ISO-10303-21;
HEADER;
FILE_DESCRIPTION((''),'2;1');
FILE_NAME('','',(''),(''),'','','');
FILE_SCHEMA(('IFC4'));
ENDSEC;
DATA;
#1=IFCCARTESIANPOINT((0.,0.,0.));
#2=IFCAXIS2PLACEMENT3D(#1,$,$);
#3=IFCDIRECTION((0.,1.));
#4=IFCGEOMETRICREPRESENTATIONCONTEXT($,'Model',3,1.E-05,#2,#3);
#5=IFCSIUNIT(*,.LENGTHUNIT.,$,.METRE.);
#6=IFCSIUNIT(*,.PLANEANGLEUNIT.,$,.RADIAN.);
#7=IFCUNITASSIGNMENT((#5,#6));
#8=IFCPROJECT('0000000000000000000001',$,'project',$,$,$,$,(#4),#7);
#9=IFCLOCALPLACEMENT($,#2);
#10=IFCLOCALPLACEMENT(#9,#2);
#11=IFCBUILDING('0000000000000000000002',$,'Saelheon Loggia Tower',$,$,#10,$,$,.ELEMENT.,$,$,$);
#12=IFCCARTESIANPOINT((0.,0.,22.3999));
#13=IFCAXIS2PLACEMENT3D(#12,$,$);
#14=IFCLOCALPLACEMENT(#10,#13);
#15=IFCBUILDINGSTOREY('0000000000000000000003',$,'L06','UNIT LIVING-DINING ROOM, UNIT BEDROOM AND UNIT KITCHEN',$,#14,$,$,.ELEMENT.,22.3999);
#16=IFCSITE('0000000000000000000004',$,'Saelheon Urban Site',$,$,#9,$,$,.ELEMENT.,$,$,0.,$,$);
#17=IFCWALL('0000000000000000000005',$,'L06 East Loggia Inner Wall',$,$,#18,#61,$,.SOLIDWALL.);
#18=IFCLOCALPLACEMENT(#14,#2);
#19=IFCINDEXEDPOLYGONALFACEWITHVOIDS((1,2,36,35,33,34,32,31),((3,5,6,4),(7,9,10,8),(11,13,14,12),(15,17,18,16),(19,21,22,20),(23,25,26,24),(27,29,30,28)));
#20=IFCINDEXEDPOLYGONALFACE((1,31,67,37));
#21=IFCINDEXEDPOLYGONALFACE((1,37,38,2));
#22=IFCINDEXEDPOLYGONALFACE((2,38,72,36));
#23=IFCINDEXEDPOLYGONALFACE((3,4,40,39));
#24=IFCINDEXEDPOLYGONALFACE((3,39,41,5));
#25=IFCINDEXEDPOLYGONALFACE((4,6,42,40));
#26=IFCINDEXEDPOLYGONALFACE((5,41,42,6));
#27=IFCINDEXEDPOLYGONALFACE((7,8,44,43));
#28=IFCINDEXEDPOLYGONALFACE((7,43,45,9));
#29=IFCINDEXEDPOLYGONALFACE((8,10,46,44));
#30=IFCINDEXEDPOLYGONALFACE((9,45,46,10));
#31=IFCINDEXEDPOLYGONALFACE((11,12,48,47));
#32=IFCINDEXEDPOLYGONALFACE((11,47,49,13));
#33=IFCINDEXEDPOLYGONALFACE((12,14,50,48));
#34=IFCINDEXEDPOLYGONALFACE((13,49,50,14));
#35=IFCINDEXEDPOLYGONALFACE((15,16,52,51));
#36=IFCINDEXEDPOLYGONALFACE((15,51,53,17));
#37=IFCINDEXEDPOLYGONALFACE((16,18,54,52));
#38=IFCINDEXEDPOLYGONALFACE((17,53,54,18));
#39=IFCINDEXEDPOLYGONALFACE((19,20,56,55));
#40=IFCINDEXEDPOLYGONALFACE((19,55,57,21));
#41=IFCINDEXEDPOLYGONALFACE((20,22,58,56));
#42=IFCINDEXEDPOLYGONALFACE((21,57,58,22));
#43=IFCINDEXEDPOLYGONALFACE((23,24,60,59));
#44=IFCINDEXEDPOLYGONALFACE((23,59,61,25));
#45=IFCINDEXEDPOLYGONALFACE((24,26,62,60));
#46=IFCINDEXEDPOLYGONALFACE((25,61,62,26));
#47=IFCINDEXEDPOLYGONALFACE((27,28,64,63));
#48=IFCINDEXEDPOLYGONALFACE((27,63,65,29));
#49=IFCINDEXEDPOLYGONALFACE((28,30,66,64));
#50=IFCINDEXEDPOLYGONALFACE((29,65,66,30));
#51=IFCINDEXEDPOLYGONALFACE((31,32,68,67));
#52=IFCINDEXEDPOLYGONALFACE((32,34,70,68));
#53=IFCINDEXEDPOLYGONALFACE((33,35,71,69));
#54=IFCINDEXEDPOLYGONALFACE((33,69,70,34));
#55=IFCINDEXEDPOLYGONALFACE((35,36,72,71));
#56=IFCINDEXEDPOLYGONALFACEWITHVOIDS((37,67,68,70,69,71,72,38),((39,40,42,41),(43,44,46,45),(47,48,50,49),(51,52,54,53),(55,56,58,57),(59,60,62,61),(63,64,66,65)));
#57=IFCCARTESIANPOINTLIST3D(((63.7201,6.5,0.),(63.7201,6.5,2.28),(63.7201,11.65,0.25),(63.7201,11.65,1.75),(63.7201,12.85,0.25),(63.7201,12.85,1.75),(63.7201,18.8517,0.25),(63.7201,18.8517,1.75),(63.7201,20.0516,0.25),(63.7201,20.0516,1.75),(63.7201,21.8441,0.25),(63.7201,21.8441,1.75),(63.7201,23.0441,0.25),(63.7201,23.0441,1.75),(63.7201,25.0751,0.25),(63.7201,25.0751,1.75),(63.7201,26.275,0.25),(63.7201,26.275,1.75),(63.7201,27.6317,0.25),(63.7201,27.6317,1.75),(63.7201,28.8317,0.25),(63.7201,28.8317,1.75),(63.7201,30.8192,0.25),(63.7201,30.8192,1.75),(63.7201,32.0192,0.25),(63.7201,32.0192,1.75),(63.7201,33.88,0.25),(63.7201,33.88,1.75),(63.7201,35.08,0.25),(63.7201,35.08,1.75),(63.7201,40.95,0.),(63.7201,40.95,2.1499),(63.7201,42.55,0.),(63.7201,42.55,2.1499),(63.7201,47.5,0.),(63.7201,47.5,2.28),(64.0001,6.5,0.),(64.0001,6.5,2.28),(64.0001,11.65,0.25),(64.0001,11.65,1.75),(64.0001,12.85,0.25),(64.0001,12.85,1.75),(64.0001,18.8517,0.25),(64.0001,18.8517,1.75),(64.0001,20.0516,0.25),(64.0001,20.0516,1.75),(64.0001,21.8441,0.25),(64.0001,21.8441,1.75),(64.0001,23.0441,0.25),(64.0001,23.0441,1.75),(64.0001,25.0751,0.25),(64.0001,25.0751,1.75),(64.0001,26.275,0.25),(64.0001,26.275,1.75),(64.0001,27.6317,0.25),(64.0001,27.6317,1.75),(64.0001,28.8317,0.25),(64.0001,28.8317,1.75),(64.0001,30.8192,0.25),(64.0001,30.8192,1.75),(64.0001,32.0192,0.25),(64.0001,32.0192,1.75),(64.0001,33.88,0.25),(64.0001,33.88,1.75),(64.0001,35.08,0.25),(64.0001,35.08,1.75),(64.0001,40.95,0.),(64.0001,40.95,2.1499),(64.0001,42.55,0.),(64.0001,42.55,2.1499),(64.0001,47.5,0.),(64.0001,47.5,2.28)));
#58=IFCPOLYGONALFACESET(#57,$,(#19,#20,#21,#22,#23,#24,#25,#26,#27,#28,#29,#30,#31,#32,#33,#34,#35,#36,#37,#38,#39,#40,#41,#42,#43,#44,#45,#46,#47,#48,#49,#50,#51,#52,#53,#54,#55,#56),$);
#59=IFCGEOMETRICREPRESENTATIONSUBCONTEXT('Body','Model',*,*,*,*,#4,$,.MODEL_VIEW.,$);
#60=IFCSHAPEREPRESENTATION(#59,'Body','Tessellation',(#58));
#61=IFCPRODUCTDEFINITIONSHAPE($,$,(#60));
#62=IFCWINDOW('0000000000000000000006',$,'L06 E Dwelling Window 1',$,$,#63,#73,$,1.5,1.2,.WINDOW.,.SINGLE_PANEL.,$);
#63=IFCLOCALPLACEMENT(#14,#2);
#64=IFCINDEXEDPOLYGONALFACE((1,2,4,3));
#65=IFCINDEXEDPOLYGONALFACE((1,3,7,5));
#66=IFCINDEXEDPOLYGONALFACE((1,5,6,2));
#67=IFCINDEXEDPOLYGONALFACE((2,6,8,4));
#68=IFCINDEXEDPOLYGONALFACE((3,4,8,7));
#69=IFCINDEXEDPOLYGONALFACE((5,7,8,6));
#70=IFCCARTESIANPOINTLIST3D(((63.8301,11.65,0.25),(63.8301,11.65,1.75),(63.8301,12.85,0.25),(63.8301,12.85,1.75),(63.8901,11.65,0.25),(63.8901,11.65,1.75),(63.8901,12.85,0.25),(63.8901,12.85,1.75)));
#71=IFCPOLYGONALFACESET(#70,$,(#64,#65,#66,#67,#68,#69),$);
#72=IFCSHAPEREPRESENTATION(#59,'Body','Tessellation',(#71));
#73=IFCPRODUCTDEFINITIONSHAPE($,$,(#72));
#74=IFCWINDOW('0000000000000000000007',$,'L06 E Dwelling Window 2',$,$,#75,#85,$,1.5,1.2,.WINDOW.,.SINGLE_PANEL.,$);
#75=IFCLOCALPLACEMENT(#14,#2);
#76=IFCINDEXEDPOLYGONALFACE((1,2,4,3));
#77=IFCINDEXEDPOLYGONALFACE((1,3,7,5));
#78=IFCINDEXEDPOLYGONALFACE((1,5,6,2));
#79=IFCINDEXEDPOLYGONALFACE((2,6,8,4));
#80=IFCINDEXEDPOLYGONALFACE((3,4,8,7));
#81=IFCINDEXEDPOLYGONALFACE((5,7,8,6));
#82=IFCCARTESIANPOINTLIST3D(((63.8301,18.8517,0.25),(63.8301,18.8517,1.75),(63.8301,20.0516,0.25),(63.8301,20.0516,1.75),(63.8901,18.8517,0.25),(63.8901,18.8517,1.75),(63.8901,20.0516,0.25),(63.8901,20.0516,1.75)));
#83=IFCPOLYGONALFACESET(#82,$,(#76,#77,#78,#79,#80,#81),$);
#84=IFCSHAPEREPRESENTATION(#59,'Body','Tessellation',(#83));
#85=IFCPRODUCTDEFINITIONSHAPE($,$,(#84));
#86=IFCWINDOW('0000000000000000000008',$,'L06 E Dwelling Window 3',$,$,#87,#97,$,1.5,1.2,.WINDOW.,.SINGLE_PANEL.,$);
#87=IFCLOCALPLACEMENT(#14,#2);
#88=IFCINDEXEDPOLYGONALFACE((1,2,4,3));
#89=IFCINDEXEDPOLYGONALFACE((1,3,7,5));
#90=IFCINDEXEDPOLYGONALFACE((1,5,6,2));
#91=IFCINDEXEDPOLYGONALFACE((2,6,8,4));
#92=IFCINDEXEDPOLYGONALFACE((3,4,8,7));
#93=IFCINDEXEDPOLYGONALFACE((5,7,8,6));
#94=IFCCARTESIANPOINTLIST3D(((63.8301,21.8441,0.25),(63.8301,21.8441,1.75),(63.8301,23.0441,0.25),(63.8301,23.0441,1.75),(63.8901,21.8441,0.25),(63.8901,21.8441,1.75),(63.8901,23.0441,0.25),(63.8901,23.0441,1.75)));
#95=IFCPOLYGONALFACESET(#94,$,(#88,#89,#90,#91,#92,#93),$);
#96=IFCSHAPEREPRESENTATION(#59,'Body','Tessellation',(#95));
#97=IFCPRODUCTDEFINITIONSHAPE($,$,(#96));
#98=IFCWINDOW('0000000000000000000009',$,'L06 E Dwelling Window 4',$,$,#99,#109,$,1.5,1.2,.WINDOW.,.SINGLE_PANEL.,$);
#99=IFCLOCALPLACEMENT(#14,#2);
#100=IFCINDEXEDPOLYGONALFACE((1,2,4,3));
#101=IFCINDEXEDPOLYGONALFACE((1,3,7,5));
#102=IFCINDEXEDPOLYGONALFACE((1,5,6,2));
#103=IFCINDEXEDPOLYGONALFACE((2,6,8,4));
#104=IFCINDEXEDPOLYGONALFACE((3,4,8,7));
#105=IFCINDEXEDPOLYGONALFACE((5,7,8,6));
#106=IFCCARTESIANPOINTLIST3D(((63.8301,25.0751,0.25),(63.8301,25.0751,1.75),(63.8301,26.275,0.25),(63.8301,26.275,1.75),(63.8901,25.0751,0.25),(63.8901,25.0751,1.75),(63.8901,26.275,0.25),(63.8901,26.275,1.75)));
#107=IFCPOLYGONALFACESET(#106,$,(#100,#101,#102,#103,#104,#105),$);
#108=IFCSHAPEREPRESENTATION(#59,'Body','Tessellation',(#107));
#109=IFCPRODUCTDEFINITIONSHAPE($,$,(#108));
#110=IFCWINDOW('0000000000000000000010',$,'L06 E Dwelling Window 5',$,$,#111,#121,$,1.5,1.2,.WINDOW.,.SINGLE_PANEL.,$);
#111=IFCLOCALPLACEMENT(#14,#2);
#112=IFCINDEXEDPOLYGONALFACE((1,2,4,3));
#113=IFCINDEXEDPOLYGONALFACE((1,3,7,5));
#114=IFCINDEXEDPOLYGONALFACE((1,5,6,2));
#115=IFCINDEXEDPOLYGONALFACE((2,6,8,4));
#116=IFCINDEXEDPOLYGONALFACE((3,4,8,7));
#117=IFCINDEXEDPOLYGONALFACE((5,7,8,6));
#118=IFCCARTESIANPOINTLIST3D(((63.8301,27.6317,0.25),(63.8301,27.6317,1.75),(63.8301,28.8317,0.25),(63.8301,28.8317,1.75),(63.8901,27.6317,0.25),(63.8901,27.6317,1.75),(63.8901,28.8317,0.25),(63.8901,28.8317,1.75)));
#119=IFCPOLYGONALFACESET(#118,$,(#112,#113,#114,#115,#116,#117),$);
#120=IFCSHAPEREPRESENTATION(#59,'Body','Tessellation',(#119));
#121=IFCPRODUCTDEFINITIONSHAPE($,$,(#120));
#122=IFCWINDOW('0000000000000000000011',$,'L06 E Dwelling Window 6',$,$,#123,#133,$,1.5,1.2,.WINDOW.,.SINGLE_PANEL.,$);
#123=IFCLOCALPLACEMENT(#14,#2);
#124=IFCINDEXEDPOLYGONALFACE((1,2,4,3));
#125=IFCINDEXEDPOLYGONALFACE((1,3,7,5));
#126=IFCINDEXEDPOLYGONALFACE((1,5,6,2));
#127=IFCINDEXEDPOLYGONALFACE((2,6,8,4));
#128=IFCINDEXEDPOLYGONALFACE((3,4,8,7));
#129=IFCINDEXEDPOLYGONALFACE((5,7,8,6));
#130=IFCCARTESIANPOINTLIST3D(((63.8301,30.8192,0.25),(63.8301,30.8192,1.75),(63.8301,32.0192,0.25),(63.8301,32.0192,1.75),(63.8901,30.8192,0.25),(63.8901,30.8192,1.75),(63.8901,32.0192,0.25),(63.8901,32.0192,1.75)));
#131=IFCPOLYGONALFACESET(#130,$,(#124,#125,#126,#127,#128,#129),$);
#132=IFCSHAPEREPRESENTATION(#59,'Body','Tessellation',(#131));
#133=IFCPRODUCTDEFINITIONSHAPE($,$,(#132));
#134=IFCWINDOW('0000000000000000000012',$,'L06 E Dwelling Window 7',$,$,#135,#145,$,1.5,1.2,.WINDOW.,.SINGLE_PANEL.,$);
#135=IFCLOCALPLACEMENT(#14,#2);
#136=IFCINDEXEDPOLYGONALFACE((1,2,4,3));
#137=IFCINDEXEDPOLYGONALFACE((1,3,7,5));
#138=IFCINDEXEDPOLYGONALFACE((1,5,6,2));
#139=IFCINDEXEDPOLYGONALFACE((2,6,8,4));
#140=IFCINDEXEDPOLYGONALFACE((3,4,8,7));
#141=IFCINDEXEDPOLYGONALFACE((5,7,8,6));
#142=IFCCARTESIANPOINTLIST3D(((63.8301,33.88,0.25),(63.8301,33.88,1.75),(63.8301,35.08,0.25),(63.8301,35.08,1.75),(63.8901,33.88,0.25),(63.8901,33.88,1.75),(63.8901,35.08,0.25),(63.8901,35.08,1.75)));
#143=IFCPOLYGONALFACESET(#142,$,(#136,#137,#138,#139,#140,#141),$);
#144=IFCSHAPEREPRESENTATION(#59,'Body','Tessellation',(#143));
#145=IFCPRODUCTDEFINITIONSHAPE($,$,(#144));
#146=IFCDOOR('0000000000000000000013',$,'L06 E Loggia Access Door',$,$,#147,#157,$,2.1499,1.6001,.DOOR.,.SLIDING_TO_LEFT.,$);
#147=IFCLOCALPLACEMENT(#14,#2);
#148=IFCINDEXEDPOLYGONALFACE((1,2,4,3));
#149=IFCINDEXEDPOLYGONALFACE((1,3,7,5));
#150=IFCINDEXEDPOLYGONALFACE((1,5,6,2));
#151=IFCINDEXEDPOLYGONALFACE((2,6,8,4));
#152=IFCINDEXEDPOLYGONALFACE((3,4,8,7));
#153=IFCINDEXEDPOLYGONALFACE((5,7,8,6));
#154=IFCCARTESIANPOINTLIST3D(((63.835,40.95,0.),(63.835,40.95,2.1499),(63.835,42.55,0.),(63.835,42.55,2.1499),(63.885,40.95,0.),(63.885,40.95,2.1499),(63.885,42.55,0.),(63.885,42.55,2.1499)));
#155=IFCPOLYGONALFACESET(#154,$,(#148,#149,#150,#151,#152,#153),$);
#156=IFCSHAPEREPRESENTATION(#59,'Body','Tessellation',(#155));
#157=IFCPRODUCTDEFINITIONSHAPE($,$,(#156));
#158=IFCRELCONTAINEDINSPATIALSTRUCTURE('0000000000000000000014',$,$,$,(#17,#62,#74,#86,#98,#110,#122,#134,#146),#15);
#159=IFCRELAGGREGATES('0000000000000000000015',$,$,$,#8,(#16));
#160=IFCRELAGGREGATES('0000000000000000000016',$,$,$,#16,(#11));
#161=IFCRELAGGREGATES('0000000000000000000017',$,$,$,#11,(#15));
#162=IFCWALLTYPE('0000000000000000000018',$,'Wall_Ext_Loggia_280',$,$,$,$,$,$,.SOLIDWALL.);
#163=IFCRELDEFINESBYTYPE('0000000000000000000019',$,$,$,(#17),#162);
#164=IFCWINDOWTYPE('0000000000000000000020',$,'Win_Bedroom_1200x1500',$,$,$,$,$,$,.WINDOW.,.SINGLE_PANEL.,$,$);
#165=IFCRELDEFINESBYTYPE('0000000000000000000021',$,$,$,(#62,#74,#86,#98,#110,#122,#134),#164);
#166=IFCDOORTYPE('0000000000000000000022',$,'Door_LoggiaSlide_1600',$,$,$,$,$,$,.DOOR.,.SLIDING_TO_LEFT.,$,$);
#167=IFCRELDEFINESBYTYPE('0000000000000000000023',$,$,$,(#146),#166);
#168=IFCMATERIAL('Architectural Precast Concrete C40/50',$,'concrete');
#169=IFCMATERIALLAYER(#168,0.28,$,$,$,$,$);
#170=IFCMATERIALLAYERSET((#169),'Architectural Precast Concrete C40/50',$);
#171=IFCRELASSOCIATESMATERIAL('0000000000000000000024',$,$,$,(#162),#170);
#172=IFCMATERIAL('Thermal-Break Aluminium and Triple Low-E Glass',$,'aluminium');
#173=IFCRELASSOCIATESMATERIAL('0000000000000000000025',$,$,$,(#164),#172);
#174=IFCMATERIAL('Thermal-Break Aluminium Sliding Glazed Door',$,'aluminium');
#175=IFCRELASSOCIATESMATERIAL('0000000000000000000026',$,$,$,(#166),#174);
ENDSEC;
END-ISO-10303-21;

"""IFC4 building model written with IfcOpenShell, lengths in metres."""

from ifc_helpers import new_model, si_unit, direction, frame, frame_2d, origin, place, context, subcontext, project, spatial, rectangle, extrude, source, transform, mapped, material, layer, layer_set, type_object, element, fill, save


model = new_model("IFC4")

# Units and contexts
model_context = context("Model", 3, precision=1e-05, world=origin(), true_north=direction((0.0, 1.0)))
body_context = subcontext(model_context, "Body", "Model", "MODEL_VIEW")
ifc_project = project(units=[si_unit("LENGTHUNIT", "METRE"), si_unit("PLANEANGLEUNIT", "RADIAN")], contexts=[model_context])

# Site, building, storey
site_placement = place(None, origin())
site = spatial("IfcSite", under=ifc_project, at=site_placement, Name="Saelheon Urban Site", CompositionType="ELEMENT", RefElevation=0.0)
building_placement = place(site_placement, origin())
building = spatial("IfcBuilding", under=site, at=building_placement, Name="Saelheon Loggia Tower", CompositionType="ELEMENT")
storey_placement = place(building_placement, frame((0.0, 0.0, 22.3999)))
storey = spatial("IfcBuildingStorey", under=building, at=storey_placement, Name="L06", Description="UNIT LIVING-DINING ROOM, UNIT BEDROOM AND UNIT KITCHEN", CompositionType="ELEMENT", Elevation=22.3999)

# Wall, openings, windows, door
ifc_material_1 = material(Name="Architectural Precast Concrete C40/50", Category="concrete")
ifc_layer_1 = layer(ifc_material_1, 0.28)
ifc_layer_set_1 = layer_set([ifc_layer_1], Name="Architectural Precast Concrete C40/50")
wall_type_1 = type_object("IfcWallType", Name="Wall_Ext_Loggia_280", PredefinedType="SOLIDWALL", material=ifc_layer_set_1)
wall_1_placement = place(storey_placement, frame((63.8601, 6.5, 0.0), z_axis=(0.0, 0.0, 1.0), x_axis=(0.0, 1.0, 0.0)))
wall_1 = element("IfcWall", 1, at=wall_1_placement, inside=storey, type_object=wall_type_1, Name="L06 East Loggia Inner Wall", PredefinedType="SOLIDWALL", context=body_context, shape_type="SweptSolid", body=[
    extrude(rectangle(XDim=41.0, YDim=0.28, at=frame_2d((20.5, 0.0))), origin(), (0.0, 0.0, 1.0), 2.28),
])
opening_1_placement = place(wall_1_placement, frame((5.1499, 0.0, 0.25)))
opening_1 = element("IfcOpeningElement", 2, at=opening_1_placement, cuts=wall_1, PredefinedType="OPENING", context=body_context, shape_type="SweptSolid", body=[
    extrude(rectangle(XDim=1.2, YDim=1.5, at=frame_2d((0.6001, 0.75))), frame((0.0, 0.1521, 0.0), z_axis=(0.0, -1.0, 0.0), x_axis=(1.0, 0.0, 0.0)), (0.0, 0.0, 1.0), 0.304),
])
opening_2_placement = place(wall_1_placement, frame((12.3516, 0.0, 0.25)))
opening_2 = element("IfcOpeningElement", 3, at=opening_2_placement, cuts=wall_1, PredefinedType="OPENING", context=body_context, shape_type="SweptSolid", body=[
    extrude(rectangle(XDim=1.2, YDim=1.5, at=frame_2d((0.6001, 0.75))), frame((0.0, 0.1521, 0.0), z_axis=(0.0, -1.0, 0.0), x_axis=(1.0, 0.0, 0.0)), (0.0, 0.0, 1.0), 0.304),
])
opening_3_placement = place(wall_1_placement, frame((15.344, 0.0, 0.25)))
opening_3 = element("IfcOpeningElement", 4, at=opening_3_placement, cuts=wall_1, PredefinedType="OPENING", context=body_context, shape_type="SweptSolid", body=[
    extrude(rectangle(XDim=1.2, YDim=1.5, at=frame_2d((0.6001, 0.75))), frame((0.0, 0.1521, 0.0), z_axis=(0.0, -1.0, 0.0), x_axis=(1.0, 0.0, 0.0)), (0.0, 0.0, 1.0), 0.304),
])
opening_4_placement = place(wall_1_placement, frame((18.575, 0.0, 0.25)))
opening_4 = element("IfcOpeningElement", 5, at=opening_4_placement, cuts=wall_1, PredefinedType="OPENING", context=body_context, shape_type="SweptSolid", body=[
    extrude(rectangle(XDim=1.2, YDim=1.5, at=frame_2d((0.6001, 0.75))), frame((0.0, 0.1521, 0.0), z_axis=(0.0, -1.0, 0.0), x_axis=(1.0, 0.0, 0.0)), (0.0, 0.0, 1.0), 0.304),
])
opening_5_placement = place(wall_1_placement, frame((21.1316, 0.0, 0.25)))
opening_5 = element("IfcOpeningElement", 6, at=opening_5_placement, cuts=wall_1, PredefinedType="OPENING", context=body_context, shape_type="SweptSolid", body=[
    extrude(rectangle(XDim=1.2, YDim=1.5, at=frame_2d((0.6001, 0.75))), frame((0.0, 0.1521, 0.0), z_axis=(0.0, -1.0, 0.0), x_axis=(1.0, 0.0, 0.0)), (0.0, 0.0, 1.0), 0.304),
])
opening_6_placement = place(wall_1_placement, frame((24.3191, 0.0, 0.25)))
opening_6 = element("IfcOpeningElement", 7, at=opening_6_placement, cuts=wall_1, PredefinedType="OPENING", context=body_context, shape_type="SweptSolid", body=[
    extrude(rectangle(XDim=1.2, YDim=1.5, at=frame_2d((0.6001, 0.75))), frame((0.0, 0.1521, 0.0), z_axis=(0.0, -1.0, 0.0), x_axis=(1.0, 0.0, 0.0)), (0.0, 0.0, 1.0), 0.304),
])
opening_7_placement = place(wall_1_placement, frame((27.3799, 0.0, 0.25)))
opening_7 = element("IfcOpeningElement", 8, at=opening_7_placement, cuts=wall_1, PredefinedType="OPENING", context=body_context, shape_type="SweptSolid", body=[
    extrude(rectangle(XDim=1.2, YDim=1.5, at=frame_2d((0.6001, 0.75))), frame((0.0, 0.1521, 0.0), z_axis=(0.0, -1.0, 0.0), x_axis=(1.0, 0.0, 0.0)), (0.0, 0.0, 1.0), 0.304),
])
opening_8_placement = place(wall_1_placement, frame((36.05, 0.0, 0.0), z_axis=(0.0, 0.0, 1.0), x_axis=(-1.0, 0.0, 0.0)))
opening_8 = element("IfcOpeningElement", 9, at=opening_8_placement, cuts=wall_1, PredefinedType="OPENING", context=body_context, shape_type="SweptSolid", body=[
    extrude(rectangle(XDim=1.6001, YDim=2.1499, at=frame_2d((0.8, 1.075))), frame((0.0, 0.1521, 0.0), z_axis=(0.0, -1.0, 0.0), x_axis=(1.0, 0.0, 0.0)), (0.0, 0.0, 1.0), 0.304),
])
ifc_material_2 = material(Name="Thermal-Break Aluminium and Triple Low-E Glass", Category="aluminium")
window_type = type_object("IfcWindowType", Name="Win_Bedroom_1200x1500", PartitioningType="SINGLE_PANEL", PredefinedType="WINDOW", material=ifc_material_2)
shared_shape_1 = source(origin(), body_context, "Body", "SweptSolid", [
    extrude(rectangle(XDim=1.2, YDim=1.5, at=frame_2d((0.6001, 0.75))), frame((0.0, 0.03, 0.0), z_axis=(0.0, -1.0, 0.0), x_axis=(1.0, 0.0, 0.0)), (0.0, 0.0, 1.0), 0.0601),
])
window_1_placement = place(opening_1_placement, origin())
window_1 = element("IfcWindow", 10, at=window_1_placement, inside=storey, type_object=window_type, Name="L06 E Dwelling Window 1", OverallHeight=1.5, OverallWidth=1.2, PartitioningType="SINGLE_PANEL", PredefinedType="WINDOW", context=body_context, shape_type="MappedRepresentation", body=[
    mapped(shared_shape_1, transform((0.0, 0.0, 0.0), scale=1.0)),
])
fill(opening_1, window_1)
window_2_placement = place(opening_2_placement, origin())
window_2 = element("IfcWindow", 11, at=window_2_placement, inside=storey, type_object=window_type, Name="L06 E Dwelling Window 2", OverallHeight=1.5, OverallWidth=1.2, PartitioningType="SINGLE_PANEL", PredefinedType="WINDOW", context=body_context, shape_type="MappedRepresentation", body=[
    mapped(shared_shape_1, transform((0.0, 0.0, 0.0), scale=1.0)),
])
fill(opening_2, window_2)
window_3_placement = place(opening_3_placement, origin())
window_3 = element("IfcWindow", 12, at=window_3_placement, inside=storey, type_object=window_type, Name="L06 E Dwelling Window 3", OverallHeight=1.5, OverallWidth=1.2, PartitioningType="SINGLE_PANEL", PredefinedType="WINDOW", context=body_context, shape_type="MappedRepresentation", body=[
    mapped(shared_shape_1, transform((0.0, 0.0, 0.0), scale=1.0)),
])
fill(opening_3, window_3)
window_4_placement = place(opening_4_placement, origin())
window_4 = element("IfcWindow", 13, at=window_4_placement, inside=storey, type_object=window_type, Name="L06 E Dwelling Window 4", OverallHeight=1.5, OverallWidth=1.2, PartitioningType="SINGLE_PANEL", PredefinedType="WINDOW", context=body_context, shape_type="MappedRepresentation", body=[
    mapped(shared_shape_1, transform((0.0, 0.0, 0.0), scale=1.0)),
])
fill(opening_4, window_4)
window_5_placement = place(opening_5_placement, origin())
window_5 = element("IfcWindow", 14, at=window_5_placement, inside=storey, type_object=window_type, Name="L06 E Dwelling Window 5", OverallHeight=1.5, OverallWidth=1.2, PartitioningType="SINGLE_PANEL", PredefinedType="WINDOW", context=body_context, shape_type="MappedRepresentation", body=[
    mapped(shared_shape_1, transform((0.0, 0.0, 0.0), scale=1.0)),
])
fill(opening_5, window_5)
window_6_placement = place(opening_6_placement, origin())
window_6 = element("IfcWindow", 15, at=window_6_placement, inside=storey, type_object=window_type, Name="L06 E Dwelling Window 6", OverallHeight=1.5, OverallWidth=1.2, PartitioningType="SINGLE_PANEL", PredefinedType="WINDOW", context=body_context, shape_type="MappedRepresentation", body=[
    mapped(shared_shape_1, transform((0.0, 0.0, 0.0), scale=1.0)),
])
fill(opening_6, window_6)
window_7_placement = place(opening_7_placement, origin())
window_7 = element("IfcWindow", 16, at=window_7_placement, inside=storey, type_object=window_type, Name="L06 E Dwelling Window 7", OverallHeight=1.5, OverallWidth=1.2, PartitioningType="SINGLE_PANEL", PredefinedType="WINDOW", context=body_context, shape_type="MappedRepresentation", body=[
    mapped(shared_shape_1, transform((0.0, 0.0, 0.0), scale=1.0)),
])
fill(opening_7, window_7)
ifc_material_3 = material(Name="Thermal-Break Aluminium Sliding Glazed Door", Category="aluminium")
door_type_1 = type_object("IfcDoorType", Name="Door_LoggiaSlide_1600", OperationType="SLIDING_TO_LEFT", PredefinedType="DOOR", material=ifc_material_3)
shared_shape_2 = source(origin(), body_context, "Body", "SweptSolid", [
    extrude(rectangle(XDim=1.6001, YDim=2.1499, at=frame_2d((0.8, 1.075))), frame((0.0, 0.0249, 0.0), z_axis=(0.0, -1.0, 0.0), x_axis=(1.0, 0.0, 0.0)), (0.0, 0.0, 1.0), 0.05),
])
door_1_placement = place(opening_8_placement, origin())
door_1 = element("IfcDoor", 17, at=door_1_placement, inside=storey, type_object=door_type_1, Name="L06 E Loggia Access Door", OperationType="SLIDING_TO_LEFT", OverallHeight=2.1499, OverallWidth=1.6001, PredefinedType="DOOR", context=body_context, shape_type="MappedRepresentation", body=[
    mapped(shared_shape_2, transform((0.0, 0.0, 0.0), scale=1.0)),
])
fill(opening_8, door_1)

save(model, "model.ifc")
